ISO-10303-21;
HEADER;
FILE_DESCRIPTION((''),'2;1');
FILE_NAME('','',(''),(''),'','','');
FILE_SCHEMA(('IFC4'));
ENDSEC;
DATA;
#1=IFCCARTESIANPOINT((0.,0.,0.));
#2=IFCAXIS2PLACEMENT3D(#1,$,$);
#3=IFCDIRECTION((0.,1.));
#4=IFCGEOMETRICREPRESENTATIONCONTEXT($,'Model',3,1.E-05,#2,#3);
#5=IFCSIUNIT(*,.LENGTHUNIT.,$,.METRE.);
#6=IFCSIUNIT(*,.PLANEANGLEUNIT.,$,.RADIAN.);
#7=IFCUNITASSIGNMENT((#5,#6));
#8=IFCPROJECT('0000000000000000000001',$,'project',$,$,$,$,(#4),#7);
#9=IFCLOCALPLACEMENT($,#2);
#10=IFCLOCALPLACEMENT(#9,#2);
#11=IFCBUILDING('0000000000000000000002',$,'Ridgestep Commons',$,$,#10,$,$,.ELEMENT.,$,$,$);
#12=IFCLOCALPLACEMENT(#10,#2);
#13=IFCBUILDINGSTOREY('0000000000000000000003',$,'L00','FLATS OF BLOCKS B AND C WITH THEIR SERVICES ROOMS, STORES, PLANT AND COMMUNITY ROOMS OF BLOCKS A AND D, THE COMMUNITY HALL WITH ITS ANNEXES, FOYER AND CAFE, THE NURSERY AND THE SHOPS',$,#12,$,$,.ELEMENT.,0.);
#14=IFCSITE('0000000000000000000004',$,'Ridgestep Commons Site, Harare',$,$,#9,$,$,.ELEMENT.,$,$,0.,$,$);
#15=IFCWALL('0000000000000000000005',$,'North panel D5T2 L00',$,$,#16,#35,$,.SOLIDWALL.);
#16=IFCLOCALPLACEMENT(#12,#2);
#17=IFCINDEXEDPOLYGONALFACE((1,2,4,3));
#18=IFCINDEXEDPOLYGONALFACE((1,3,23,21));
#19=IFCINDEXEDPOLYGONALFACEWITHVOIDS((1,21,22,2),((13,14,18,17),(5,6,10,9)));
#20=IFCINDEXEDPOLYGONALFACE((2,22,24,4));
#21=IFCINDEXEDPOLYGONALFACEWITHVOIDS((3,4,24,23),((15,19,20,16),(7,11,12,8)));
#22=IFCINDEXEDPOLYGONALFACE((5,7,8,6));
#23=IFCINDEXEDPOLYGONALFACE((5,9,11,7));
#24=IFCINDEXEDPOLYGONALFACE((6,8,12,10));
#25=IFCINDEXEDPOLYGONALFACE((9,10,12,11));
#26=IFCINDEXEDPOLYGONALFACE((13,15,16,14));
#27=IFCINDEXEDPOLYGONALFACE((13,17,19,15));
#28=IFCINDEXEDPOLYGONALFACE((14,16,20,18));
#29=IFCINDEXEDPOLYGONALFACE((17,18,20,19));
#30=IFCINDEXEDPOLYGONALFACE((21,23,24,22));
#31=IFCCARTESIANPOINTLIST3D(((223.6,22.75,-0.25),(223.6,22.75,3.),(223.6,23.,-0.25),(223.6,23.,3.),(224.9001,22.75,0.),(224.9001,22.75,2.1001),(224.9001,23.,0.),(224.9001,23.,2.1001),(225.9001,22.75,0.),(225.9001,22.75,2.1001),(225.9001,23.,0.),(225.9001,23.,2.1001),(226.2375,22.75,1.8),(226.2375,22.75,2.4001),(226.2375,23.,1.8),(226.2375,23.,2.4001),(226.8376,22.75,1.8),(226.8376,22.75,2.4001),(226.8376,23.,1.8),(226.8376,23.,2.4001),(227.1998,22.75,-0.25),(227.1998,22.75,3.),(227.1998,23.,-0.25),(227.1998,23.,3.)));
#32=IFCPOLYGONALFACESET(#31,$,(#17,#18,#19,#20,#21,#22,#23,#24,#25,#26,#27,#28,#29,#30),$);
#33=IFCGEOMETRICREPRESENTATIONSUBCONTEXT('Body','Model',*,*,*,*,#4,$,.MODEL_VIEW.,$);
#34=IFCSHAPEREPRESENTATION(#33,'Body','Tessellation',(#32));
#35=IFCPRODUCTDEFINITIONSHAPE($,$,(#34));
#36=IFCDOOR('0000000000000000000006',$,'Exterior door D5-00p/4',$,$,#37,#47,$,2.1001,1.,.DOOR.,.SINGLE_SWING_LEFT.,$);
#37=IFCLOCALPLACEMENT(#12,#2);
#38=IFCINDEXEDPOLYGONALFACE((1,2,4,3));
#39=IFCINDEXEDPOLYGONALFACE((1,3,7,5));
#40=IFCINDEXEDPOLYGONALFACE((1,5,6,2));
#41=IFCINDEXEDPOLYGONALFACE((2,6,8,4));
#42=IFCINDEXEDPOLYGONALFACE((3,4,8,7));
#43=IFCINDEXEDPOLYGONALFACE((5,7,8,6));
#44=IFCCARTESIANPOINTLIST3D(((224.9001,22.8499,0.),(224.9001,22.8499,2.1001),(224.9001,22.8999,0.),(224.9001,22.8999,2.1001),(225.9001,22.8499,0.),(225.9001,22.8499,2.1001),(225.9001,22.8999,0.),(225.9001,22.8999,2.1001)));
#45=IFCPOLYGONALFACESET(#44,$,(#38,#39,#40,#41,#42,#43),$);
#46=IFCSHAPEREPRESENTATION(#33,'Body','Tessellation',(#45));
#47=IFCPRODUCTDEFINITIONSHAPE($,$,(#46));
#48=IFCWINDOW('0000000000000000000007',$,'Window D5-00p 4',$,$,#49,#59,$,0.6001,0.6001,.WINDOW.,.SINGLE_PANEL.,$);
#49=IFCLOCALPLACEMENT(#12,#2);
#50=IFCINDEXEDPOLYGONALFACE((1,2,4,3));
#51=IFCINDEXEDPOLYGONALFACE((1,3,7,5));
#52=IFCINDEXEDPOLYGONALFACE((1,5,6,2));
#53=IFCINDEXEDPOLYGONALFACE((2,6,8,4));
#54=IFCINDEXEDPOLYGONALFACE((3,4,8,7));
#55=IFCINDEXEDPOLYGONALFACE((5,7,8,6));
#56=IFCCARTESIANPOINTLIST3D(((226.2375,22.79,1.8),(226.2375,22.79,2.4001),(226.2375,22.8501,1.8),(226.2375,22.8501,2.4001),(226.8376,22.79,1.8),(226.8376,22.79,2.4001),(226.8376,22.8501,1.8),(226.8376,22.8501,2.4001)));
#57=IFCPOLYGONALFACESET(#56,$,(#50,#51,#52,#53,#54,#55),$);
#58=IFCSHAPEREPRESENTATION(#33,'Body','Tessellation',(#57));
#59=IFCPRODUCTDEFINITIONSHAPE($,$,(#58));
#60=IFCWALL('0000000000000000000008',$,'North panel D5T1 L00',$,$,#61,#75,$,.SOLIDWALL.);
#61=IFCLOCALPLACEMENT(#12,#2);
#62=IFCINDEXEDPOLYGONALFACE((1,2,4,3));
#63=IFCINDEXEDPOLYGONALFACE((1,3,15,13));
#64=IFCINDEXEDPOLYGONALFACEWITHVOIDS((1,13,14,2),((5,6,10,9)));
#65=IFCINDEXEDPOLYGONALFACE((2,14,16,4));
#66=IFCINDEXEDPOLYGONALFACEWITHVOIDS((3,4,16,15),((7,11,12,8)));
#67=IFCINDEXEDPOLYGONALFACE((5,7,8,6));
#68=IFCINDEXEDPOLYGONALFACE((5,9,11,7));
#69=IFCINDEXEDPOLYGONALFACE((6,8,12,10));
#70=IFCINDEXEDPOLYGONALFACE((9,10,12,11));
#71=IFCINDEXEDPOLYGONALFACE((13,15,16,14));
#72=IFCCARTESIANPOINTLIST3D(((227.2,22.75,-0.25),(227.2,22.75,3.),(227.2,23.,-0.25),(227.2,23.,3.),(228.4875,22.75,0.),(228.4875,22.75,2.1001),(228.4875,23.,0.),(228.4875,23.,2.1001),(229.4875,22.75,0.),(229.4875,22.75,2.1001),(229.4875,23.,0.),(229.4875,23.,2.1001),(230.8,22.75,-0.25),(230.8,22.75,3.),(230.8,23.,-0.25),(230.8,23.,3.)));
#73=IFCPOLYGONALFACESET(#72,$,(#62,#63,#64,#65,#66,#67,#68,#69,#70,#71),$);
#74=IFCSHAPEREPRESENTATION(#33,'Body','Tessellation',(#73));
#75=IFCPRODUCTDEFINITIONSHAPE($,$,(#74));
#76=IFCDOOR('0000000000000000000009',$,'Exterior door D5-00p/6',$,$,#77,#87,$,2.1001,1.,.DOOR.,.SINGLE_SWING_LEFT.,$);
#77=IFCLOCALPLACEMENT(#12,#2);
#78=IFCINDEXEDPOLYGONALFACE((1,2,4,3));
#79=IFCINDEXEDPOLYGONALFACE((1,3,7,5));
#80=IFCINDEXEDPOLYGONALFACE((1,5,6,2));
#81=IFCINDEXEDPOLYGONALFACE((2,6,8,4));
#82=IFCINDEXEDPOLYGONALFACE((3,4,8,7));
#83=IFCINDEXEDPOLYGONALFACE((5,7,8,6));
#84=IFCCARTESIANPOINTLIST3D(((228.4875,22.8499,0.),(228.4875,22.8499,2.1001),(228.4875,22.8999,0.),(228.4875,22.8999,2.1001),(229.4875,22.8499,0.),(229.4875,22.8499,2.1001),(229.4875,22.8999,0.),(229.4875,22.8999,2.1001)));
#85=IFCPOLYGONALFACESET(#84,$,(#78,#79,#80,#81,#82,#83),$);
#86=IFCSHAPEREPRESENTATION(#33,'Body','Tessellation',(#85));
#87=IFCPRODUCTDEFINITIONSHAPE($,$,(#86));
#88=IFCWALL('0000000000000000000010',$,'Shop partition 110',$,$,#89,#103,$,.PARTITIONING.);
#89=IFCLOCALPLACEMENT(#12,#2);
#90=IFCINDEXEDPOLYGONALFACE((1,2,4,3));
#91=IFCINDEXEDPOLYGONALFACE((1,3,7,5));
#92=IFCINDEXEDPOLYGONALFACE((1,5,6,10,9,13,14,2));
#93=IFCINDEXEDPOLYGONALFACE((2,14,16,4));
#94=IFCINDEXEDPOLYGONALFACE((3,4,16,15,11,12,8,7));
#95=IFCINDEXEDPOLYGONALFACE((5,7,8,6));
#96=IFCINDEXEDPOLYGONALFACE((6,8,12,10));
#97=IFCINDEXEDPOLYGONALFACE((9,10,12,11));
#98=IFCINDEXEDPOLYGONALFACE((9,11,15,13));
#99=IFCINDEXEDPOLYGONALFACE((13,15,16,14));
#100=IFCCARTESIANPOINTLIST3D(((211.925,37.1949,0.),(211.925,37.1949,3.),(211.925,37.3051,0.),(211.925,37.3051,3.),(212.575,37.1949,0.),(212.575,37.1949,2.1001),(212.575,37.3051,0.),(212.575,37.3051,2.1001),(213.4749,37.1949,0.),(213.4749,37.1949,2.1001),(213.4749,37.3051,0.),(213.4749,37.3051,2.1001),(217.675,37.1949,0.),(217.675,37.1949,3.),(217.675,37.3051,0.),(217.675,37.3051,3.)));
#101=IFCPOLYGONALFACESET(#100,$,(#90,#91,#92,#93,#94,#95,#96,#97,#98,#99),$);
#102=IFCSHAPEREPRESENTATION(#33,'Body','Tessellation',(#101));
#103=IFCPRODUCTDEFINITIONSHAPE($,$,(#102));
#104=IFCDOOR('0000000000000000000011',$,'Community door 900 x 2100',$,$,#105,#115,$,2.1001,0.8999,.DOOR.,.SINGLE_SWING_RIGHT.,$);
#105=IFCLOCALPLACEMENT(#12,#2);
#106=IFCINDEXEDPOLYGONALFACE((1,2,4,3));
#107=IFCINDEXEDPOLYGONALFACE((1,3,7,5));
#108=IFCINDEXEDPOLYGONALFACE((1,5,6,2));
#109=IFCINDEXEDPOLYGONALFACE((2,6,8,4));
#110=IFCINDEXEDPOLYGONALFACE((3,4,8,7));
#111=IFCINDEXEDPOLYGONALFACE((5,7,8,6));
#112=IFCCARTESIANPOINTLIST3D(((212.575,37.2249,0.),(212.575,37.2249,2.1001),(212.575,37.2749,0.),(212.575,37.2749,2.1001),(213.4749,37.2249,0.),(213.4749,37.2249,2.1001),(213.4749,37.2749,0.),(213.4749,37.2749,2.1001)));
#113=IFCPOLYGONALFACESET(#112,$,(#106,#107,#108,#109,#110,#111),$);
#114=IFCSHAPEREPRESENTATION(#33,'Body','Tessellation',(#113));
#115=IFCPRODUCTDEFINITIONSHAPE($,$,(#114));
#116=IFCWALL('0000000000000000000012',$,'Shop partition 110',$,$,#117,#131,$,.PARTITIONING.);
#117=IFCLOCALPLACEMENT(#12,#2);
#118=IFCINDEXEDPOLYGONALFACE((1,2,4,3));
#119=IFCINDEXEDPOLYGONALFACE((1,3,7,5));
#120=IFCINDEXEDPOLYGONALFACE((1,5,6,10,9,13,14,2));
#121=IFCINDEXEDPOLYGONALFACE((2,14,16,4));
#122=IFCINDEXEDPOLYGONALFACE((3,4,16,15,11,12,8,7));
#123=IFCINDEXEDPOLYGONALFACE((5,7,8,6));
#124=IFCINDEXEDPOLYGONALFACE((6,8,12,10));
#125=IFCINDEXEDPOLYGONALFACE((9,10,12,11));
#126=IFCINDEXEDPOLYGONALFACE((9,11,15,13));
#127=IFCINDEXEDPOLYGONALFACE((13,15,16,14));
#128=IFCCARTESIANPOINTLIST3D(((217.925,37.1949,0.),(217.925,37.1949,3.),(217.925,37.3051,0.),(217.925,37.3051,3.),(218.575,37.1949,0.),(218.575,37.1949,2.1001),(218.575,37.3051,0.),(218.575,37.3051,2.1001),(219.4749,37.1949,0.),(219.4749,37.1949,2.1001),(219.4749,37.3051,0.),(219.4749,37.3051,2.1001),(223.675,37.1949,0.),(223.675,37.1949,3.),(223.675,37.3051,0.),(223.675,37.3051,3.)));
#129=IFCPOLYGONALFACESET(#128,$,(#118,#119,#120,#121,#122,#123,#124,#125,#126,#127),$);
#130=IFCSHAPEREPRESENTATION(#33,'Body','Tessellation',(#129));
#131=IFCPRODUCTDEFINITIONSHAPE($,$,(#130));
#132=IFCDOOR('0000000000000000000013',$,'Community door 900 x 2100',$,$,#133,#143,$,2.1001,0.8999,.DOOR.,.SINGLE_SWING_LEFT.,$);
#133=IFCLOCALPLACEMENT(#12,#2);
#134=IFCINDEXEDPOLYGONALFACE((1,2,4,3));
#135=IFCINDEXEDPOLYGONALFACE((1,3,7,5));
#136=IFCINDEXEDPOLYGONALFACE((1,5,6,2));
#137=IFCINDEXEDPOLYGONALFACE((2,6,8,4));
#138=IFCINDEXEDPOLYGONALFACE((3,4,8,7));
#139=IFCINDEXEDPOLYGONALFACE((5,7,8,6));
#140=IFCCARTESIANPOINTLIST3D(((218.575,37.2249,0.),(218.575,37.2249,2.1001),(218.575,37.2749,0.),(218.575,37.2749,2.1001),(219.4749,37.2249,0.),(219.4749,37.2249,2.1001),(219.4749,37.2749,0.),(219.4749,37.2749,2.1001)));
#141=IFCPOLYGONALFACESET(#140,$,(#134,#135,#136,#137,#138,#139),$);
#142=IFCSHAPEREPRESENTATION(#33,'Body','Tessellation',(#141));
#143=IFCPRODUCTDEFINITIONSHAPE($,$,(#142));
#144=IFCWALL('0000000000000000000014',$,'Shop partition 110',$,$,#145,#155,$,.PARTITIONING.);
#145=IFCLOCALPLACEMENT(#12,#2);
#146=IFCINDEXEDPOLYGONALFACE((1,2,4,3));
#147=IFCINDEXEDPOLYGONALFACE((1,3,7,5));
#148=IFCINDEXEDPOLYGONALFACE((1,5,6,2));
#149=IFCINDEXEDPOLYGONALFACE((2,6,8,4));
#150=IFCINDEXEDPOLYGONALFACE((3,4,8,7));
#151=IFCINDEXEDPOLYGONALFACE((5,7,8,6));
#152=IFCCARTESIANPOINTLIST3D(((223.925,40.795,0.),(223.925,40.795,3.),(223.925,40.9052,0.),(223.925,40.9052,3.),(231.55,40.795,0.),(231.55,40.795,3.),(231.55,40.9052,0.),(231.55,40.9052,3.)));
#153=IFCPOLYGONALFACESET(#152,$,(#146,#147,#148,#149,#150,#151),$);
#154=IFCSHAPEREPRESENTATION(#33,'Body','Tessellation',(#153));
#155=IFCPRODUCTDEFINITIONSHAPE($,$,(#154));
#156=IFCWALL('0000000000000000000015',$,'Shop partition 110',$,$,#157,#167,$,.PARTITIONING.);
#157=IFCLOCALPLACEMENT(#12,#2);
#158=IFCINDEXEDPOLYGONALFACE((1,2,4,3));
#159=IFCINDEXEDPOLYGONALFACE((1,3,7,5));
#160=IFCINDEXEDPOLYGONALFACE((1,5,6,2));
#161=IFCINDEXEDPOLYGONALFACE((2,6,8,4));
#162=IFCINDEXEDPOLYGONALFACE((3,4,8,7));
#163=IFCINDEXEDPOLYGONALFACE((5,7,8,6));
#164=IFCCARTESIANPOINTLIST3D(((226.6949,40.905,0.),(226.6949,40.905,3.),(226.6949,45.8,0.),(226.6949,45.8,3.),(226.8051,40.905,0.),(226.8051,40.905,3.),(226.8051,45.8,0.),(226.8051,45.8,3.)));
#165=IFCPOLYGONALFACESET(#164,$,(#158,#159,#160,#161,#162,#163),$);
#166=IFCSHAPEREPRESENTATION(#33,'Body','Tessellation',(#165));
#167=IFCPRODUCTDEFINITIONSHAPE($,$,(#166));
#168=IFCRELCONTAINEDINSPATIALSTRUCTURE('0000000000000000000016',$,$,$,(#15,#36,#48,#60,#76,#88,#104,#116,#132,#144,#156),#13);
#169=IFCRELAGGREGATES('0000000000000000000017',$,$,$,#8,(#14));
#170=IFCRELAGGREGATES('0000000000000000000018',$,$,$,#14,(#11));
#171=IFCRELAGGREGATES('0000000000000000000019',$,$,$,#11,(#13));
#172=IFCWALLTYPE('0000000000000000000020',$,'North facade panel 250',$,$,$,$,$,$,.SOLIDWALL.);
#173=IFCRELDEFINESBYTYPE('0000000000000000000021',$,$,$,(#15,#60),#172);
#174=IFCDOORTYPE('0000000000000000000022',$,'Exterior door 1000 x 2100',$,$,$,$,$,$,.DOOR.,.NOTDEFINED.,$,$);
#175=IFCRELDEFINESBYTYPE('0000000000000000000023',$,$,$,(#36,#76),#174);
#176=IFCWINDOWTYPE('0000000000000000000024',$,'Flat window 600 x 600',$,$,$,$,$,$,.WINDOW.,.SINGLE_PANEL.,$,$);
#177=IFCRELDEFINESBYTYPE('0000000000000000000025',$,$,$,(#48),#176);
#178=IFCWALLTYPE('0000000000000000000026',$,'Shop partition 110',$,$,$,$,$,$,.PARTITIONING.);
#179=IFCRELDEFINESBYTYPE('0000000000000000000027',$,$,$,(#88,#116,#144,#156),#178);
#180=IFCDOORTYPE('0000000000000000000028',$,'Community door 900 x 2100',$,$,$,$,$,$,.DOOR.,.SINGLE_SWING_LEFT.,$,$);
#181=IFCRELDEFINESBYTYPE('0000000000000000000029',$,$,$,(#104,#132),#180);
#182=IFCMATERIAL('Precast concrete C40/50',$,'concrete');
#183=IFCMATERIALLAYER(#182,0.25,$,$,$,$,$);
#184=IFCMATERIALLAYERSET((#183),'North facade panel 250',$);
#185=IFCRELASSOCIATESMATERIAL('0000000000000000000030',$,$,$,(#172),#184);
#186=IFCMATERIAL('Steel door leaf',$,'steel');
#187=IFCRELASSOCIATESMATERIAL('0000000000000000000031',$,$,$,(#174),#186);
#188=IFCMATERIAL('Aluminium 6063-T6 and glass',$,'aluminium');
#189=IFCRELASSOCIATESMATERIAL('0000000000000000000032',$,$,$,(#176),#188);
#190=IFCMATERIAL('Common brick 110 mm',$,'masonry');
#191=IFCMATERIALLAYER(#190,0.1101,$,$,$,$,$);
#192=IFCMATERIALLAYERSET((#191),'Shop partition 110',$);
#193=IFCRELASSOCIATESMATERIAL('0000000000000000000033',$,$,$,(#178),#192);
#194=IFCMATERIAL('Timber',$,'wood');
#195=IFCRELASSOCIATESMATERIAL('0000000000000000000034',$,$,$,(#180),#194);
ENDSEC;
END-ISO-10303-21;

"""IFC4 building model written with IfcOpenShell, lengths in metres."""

from ifc_helpers import new_model, si_unit, direction, frame, frame_2d, origin, place, context, subcontext, project, spatial, rectangle, extrude, material, layer, layer_set, type_object, element, fill, save


model = new_model("IFC4")

# Units and contexts
model_context = context("Model", 3, precision=1e-05, world=origin(), true_north=direction((0.0, 1.0)))
body_context = subcontext(model_context, "Body", "Model", "MODEL_VIEW")
ifc_project = project(units=[si_unit("LENGTHUNIT", "METRE"), si_unit("PLANEANGLEUNIT", "RADIAN")], contexts=[model_context])

# Site, building, storey
site_placement = place(None, origin())
site = spatial("IfcSite", under=ifc_project, at=site_placement, Name="Ridgestep Commons Site, Harare", CompositionType="ELEMENT", RefElevation=0.0)
building_placement = place(site_placement, origin())
building = spatial("IfcBuilding", under=site, at=building_placement, Name="Ridgestep Commons", CompositionType="ELEMENT")
storey_placement = place(building_placement, origin())
storey = spatial("IfcBuildingStorey", under=building, at=storey_placement, Name="L00", Description="FLATS OF BLOCKS B AND C WITH THEIR SERVICES ROOMS, STORES, PLANT AND COMMUNITY ROOMS OF BLOCKS A AND D, THE COMMUNITY HALL WITH ITS ANNEXES, FOYER AND CAFE, THE NURSERY AND THE SHOPS", CompositionType="ELEMENT", Elevation=0.0)

# Wall, openings, door, window
ifc_material_1 = material(Name="Precast concrete C40/50", Category="concrete")
ifc_layer_1 = layer(ifc_material_1, 0.25)
ifc_layer_set_1 = layer_set([ifc_layer_1], Name="North facade panel 250")
wall_type_1 = type_object("IfcWallType", Name="North facade panel 250", PredefinedType="SOLIDWALL", material=ifc_layer_set_1)
wall_1_placement = place(storey_placement, frame((223.6001, 22.875, -0.25), z_axis=(0.0, 0.0, 1.0), x_axis=(1.0, 0.0, 0.0)))
wall_1 = element("IfcWall", 1, at=wall_1_placement, inside=storey, type_object=wall_type_1, Name="North panel D5T2 L00", PredefinedType="SOLIDWALL", context=body_context, shape_type="SweptSolid", body=[
    extrude(rectangle(XDim=3.5999, YDim=0.25, at=frame_2d((1.7998, 0.0))), origin(), (0.0, 0.0, 1.0), 3.25),
])
opening_1_placement = place(wall_1_placement, frame((2.6375, 0.0, 2.05)))
opening_1 = element("IfcOpeningElement", 2, at=opening_1_placement, cuts=wall_1, PredefinedType="OPENING", context=body_context, shape_type="SweptSolid", body=[
    extrude(rectangle(XDim=0.6001, YDim=0.6001, at=frame_2d((0.3, 0.3))), frame((0.0, 0.135, 0.0), z_axis=(0.0, -1.0, 0.0), x_axis=(1.0, 0.0, 0.0)), (0.0, 0.0, 1.0), 0.27),
])
opening_2_placement = place(wall_1_placement, frame((1.3, 0.0, 0.25)))
opening_2 = element("IfcOpeningElement", 3, at=opening_2_placement, cuts=wall_1, PredefinedType="OPENING", context=body_context, shape_type="SweptSolid", body=[
    extrude(rectangle(XDim=1.0, YDim=2.1001, at=frame_2d((0.5, 1.05))), frame((0.0, 0.135, 0.0), z_axis=(0.0, -1.0, 0.0), x_axis=(1.0, 0.0, 0.0)), (0.0, 0.0, 1.0), 0.27),
])
ifc_material_2 = material(Name="Steel door leaf", Category="steel")
door_type_1 = type_object("IfcDoorType", Name="Exterior door 1000 x 2100", OperationType="NOTDEFINED", PredefinedType="DOOR", material=ifc_material_2)
door_1_placement = place(opening_2_placement, origin())
door_1 = element("IfcDoor", 4, at=door_1_placement, inside=storey, type_object=door_type_1, Name="Exterior door D5-00p/4", OperationType="SINGLE_SWING_LEFT", OverallHeight=2.1001, OverallWidth=1.0, PredefinedType="DOOR", context=body_context, shape_type="SweptSolid", body=[
    extrude(rectangle(XDim=1.0, YDim=2.1001, at=frame_2d((0.5, 1.05))), frame((0.0, 0.0249, 0.0), z_axis=(0.0, -1.0, 0.0), x_axis=(1.0, 0.0, 0.0)), (0.0, 0.0, 1.0), 0.05),
])
fill(opening_2, door_1)
ifc_material_3 = material(Name="Aluminium 6063-T6 and glass", Category="aluminium")
window_type = type_object("IfcWindowType", Name="Flat window 600 x 600", PartitioningType="SINGLE_PANEL", PredefinedType="WINDOW", material=ifc_material_3)
window_placement = place(opening_1_placement, origin())
window = element("IfcWindow", 5, at=window_placement, inside=storey, type_object=window_type, Name="Window D5-00p 4", OverallHeight=0.6001, OverallWidth=0.6001, PartitioningType="SINGLE_PANEL", PredefinedType="WINDOW", context=body_context, shape_type="SweptSolid", body=[
    extrude(rectangle(XDim=0.6001, YDim=0.6001, at=frame_2d((0.3, 0.3))), frame((0.0, -0.0249, 0.0), z_axis=(0.0, -1.0, 0.0), x_axis=(1.0, 0.0, 0.0)), (0.0, 0.0, 1.0), 0.0601),
])
fill(opening_1, window)

# Walls, openings, doors
wall_2_placement = place(storey_placement, frame((227.2, 22.875, -0.25), z_axis=(0.0, 0.0, 1.0), x_axis=(1.0, 0.0, 0.0)))
wall_2 = element("IfcWall", 6, at=wall_2_placement, inside=storey, type_object=wall_type_1, Name="North panel D5T1 L00", PredefinedType="SOLIDWALL", context=body_context, shape_type="SweptSolid", body=[
    extrude(rectangle(XDim=3.6001, YDim=0.25, at=frame_2d((1.8, 0.0))), origin(), (0.0, 0.0, 1.0), 3.25),
])
opening_3_placement = place(wall_2_placement, frame((1.2876, 0.0, 0.25)))
opening_3 = element("IfcOpeningElement", 7, at=opening_3_placement, cuts=wall_2, PredefinedType="OPENING", context=body_context, shape_type="SweptSolid", body=[
    extrude(rectangle(XDim=1.0, YDim=2.1001, at=frame_2d((0.5, 1.05))), frame((0.0, 0.135, 0.0), z_axis=(0.0, -1.0, 0.0), x_axis=(1.0, 0.0, 0.0)), (0.0, 0.0, 1.0), 0.27),
])
door_2_placement = place(opening_3_placement, origin())
door_2 = element("IfcDoor", 8, at=door_2_placement, inside=storey, type_object=door_type_1, Name="Exterior door D5-00p/6", OperationType="SINGLE_SWING_LEFT", OverallHeight=2.1001, OverallWidth=1.0, PredefinedType="DOOR", context=body_context, shape_type="SweptSolid", body=[
    extrude(rectangle(XDim=1.0, YDim=2.1001, at=frame_2d((0.5, 1.05))), frame((0.0, 0.0249, 0.0), z_axis=(0.0, -1.0, 0.0), x_axis=(1.0, 0.0, 0.0)), (0.0, 0.0, 1.0), 0.05),
])
fill(opening_3, door_2)
ifc_material_4 = material(Name="Common brick 110 mm", Category="masonry")
ifc_layer_2 = layer(ifc_material_4, 0.1101)
ifc_layer_set_2 = layer_set([ifc_layer_2], Name="Shop partition 110")
wall_type_2 = type_object("IfcWallType", Name="Shop partition 110", PredefinedType="PARTITIONING", material=ifc_layer_set_2)
wall_3_placement = place(storey_placement, frame((211.925, 37.25, 0.0), z_axis=(0.0, 0.0, 1.0), x_axis=(1.0, 0.0, 0.0)))
wall_3 = element("IfcWall", 9, at=wall_3_placement, inside=storey, type_object=wall_type_2, Name="Shop partition 110", PredefinedType="PARTITIONING", context=body_context, shape_type="SweptSolid", body=[
    extrude(rectangle(XDim=5.75, YDim=0.1101, at=frame_2d((2.875, 0.0))), origin(), (0.0, 0.0, 1.0), 3.0),
])
opening_4_placement = place(wall_3_placement, frame((0.6499, 0.0, 0.0)))
opening_4 = element("IfcOpeningElement", 10, at=opening_4_placement, cuts=wall_3, PredefinedType="OPENING", context=body_context, shape_type="SweptSolid", body=[
    extrude(rectangle(XDim=0.8999, YDim=2.1001, at=frame_2d((0.45, 1.05))), frame((0.0, 0.0649, 0.0), z_axis=(0.0, -1.0, 0.0), x_axis=(1.0, 0.0, 0.0)), (0.0, 0.0, 1.0), 0.1301),
])
ifc_material_5 = material(Name="Timber", Category="wood")
door_type_2 = type_object("IfcDoorType", Name="Community door 900 x 2100", OperationType="SINGLE_SWING_LEFT", PredefinedType="DOOR", material=ifc_material_5)
door_3_placement = place(opening_4_placement, origin())
door_3 = element("IfcDoor", 11, at=door_3_placement, inside=storey, type_object=door_type_2, Name="Community door 900 x 2100", OperationType="SINGLE_SWING_RIGHT", OverallHeight=2.1001, OverallWidth=0.8999, PredefinedType="DOOR", context=body_context, shape_type="SweptSolid", body=[
    extrude(rectangle(XDim=0.8999, YDim=2.1001, at=frame_2d((0.45, 1.05))), frame((0.0, 0.0249, 0.0), z_axis=(0.0, -1.0, 0.0), x_axis=(1.0, 0.0, 0.0)), (0.0, 0.0, 1.0), 0.05),
])
fill(opening_4, door_3)
wall_4_placement = place(storey_placement, frame((217.925, 37.25, 0.0), z_axis=(0.0, 0.0, 1.0), x_axis=(1.0, 0.0, 0.0)))
wall_4 = element("IfcWall", 12, at=wall_4_placement, inside=storey, type_object=wall_type_2, Name="Shop partition 110", PredefinedType="PARTITIONING", context=body_context, shape_type="SweptSolid", body=[
    extrude(rectangle(XDim=5.75, YDim=0.1101, at=frame_2d((2.875, 0.0))), origin(), (0.0, 0.0, 1.0), 3.0),
])
opening_5_placement = place(wall_4_placement, frame((0.6499, 0.0, 0.0)))
opening_5 = element("IfcOpeningElement", 13, at=opening_5_placement, cuts=wall_4, PredefinedType="OPENING", context=body_context, shape_type="SweptSolid", body=[
    extrude(rectangle(XDim=0.8999, YDim=2.1001, at=frame_2d((0.45, 1.05))), frame((0.0, 0.0649, 0.0), z_axis=(0.0, -1.0, 0.0), x_axis=(1.0, 0.0, 0.0)), (0.0, 0.0, 1.0), 0.1301),
])
door_4_placement = place(opening_5_placement, origin())
door_4 = element("IfcDoor", 14, at=door_4_placement, inside=storey, type_object=door_type_2, Name="Community door 900 x 2100", OperationType="SINGLE_SWING_LEFT", OverallHeight=2.1001, OverallWidth=0.8999, PredefinedType="DOOR", context=body_context, shape_type="SweptSolid", body=[
    extrude(rectangle(XDim=0.8999, YDim=2.1001, at=frame_2d((0.45, 1.05))), frame((0.0, 0.0249, 0.0), z_axis=(0.0, -1.0, 0.0), x_axis=(1.0, 0.0, 0.0)), (0.0, 0.0, 1.0), 0.05),
])
fill(opening_5, door_4)

# Walls
wall_5_placement = place(storey_placement, frame((223.925, 40.8501, 0.0), z_axis=(0.0, 0.0, 1.0), x_axis=(1.0, 0.0, 0.0)))
element("IfcWall", 15, at=wall_5_placement, inside=storey, type_object=wall_type_2, Name="Shop partition 110", PredefinedType="PARTITIONING", context=body_context, shape_type="SweptSolid", body=[
    extrude(rectangle(XDim=7.625, YDim=0.1101, at=frame_2d((3.8125, 0.0))), origin(), (0.0, 0.0, 1.0), 3.0),
])
for number, where, z_axis, x_axis, name in (
    (16, (226.75, 40.905, 0.0), (0.0, 0.0, 1.0), (0.0, 1.0, 0.0), "Shop partition 110"),
):
    element("IfcWall", number, at=place(storey_placement, frame(where, z_axis=z_axis, x_axis=x_axis)), inside=storey, type_object=wall_type_2, Name=name, PredefinedType="PARTITIONING", context=body_context, shape_type="SweptSolid", body=[
        extrude(rectangle(XDim=4.895, YDim=0.1101, at=frame_2d((2.4475, 0.0))), origin(), (0.0, 0.0, 1.0), 3.0),
    ])

save(model, "model.ifc")
